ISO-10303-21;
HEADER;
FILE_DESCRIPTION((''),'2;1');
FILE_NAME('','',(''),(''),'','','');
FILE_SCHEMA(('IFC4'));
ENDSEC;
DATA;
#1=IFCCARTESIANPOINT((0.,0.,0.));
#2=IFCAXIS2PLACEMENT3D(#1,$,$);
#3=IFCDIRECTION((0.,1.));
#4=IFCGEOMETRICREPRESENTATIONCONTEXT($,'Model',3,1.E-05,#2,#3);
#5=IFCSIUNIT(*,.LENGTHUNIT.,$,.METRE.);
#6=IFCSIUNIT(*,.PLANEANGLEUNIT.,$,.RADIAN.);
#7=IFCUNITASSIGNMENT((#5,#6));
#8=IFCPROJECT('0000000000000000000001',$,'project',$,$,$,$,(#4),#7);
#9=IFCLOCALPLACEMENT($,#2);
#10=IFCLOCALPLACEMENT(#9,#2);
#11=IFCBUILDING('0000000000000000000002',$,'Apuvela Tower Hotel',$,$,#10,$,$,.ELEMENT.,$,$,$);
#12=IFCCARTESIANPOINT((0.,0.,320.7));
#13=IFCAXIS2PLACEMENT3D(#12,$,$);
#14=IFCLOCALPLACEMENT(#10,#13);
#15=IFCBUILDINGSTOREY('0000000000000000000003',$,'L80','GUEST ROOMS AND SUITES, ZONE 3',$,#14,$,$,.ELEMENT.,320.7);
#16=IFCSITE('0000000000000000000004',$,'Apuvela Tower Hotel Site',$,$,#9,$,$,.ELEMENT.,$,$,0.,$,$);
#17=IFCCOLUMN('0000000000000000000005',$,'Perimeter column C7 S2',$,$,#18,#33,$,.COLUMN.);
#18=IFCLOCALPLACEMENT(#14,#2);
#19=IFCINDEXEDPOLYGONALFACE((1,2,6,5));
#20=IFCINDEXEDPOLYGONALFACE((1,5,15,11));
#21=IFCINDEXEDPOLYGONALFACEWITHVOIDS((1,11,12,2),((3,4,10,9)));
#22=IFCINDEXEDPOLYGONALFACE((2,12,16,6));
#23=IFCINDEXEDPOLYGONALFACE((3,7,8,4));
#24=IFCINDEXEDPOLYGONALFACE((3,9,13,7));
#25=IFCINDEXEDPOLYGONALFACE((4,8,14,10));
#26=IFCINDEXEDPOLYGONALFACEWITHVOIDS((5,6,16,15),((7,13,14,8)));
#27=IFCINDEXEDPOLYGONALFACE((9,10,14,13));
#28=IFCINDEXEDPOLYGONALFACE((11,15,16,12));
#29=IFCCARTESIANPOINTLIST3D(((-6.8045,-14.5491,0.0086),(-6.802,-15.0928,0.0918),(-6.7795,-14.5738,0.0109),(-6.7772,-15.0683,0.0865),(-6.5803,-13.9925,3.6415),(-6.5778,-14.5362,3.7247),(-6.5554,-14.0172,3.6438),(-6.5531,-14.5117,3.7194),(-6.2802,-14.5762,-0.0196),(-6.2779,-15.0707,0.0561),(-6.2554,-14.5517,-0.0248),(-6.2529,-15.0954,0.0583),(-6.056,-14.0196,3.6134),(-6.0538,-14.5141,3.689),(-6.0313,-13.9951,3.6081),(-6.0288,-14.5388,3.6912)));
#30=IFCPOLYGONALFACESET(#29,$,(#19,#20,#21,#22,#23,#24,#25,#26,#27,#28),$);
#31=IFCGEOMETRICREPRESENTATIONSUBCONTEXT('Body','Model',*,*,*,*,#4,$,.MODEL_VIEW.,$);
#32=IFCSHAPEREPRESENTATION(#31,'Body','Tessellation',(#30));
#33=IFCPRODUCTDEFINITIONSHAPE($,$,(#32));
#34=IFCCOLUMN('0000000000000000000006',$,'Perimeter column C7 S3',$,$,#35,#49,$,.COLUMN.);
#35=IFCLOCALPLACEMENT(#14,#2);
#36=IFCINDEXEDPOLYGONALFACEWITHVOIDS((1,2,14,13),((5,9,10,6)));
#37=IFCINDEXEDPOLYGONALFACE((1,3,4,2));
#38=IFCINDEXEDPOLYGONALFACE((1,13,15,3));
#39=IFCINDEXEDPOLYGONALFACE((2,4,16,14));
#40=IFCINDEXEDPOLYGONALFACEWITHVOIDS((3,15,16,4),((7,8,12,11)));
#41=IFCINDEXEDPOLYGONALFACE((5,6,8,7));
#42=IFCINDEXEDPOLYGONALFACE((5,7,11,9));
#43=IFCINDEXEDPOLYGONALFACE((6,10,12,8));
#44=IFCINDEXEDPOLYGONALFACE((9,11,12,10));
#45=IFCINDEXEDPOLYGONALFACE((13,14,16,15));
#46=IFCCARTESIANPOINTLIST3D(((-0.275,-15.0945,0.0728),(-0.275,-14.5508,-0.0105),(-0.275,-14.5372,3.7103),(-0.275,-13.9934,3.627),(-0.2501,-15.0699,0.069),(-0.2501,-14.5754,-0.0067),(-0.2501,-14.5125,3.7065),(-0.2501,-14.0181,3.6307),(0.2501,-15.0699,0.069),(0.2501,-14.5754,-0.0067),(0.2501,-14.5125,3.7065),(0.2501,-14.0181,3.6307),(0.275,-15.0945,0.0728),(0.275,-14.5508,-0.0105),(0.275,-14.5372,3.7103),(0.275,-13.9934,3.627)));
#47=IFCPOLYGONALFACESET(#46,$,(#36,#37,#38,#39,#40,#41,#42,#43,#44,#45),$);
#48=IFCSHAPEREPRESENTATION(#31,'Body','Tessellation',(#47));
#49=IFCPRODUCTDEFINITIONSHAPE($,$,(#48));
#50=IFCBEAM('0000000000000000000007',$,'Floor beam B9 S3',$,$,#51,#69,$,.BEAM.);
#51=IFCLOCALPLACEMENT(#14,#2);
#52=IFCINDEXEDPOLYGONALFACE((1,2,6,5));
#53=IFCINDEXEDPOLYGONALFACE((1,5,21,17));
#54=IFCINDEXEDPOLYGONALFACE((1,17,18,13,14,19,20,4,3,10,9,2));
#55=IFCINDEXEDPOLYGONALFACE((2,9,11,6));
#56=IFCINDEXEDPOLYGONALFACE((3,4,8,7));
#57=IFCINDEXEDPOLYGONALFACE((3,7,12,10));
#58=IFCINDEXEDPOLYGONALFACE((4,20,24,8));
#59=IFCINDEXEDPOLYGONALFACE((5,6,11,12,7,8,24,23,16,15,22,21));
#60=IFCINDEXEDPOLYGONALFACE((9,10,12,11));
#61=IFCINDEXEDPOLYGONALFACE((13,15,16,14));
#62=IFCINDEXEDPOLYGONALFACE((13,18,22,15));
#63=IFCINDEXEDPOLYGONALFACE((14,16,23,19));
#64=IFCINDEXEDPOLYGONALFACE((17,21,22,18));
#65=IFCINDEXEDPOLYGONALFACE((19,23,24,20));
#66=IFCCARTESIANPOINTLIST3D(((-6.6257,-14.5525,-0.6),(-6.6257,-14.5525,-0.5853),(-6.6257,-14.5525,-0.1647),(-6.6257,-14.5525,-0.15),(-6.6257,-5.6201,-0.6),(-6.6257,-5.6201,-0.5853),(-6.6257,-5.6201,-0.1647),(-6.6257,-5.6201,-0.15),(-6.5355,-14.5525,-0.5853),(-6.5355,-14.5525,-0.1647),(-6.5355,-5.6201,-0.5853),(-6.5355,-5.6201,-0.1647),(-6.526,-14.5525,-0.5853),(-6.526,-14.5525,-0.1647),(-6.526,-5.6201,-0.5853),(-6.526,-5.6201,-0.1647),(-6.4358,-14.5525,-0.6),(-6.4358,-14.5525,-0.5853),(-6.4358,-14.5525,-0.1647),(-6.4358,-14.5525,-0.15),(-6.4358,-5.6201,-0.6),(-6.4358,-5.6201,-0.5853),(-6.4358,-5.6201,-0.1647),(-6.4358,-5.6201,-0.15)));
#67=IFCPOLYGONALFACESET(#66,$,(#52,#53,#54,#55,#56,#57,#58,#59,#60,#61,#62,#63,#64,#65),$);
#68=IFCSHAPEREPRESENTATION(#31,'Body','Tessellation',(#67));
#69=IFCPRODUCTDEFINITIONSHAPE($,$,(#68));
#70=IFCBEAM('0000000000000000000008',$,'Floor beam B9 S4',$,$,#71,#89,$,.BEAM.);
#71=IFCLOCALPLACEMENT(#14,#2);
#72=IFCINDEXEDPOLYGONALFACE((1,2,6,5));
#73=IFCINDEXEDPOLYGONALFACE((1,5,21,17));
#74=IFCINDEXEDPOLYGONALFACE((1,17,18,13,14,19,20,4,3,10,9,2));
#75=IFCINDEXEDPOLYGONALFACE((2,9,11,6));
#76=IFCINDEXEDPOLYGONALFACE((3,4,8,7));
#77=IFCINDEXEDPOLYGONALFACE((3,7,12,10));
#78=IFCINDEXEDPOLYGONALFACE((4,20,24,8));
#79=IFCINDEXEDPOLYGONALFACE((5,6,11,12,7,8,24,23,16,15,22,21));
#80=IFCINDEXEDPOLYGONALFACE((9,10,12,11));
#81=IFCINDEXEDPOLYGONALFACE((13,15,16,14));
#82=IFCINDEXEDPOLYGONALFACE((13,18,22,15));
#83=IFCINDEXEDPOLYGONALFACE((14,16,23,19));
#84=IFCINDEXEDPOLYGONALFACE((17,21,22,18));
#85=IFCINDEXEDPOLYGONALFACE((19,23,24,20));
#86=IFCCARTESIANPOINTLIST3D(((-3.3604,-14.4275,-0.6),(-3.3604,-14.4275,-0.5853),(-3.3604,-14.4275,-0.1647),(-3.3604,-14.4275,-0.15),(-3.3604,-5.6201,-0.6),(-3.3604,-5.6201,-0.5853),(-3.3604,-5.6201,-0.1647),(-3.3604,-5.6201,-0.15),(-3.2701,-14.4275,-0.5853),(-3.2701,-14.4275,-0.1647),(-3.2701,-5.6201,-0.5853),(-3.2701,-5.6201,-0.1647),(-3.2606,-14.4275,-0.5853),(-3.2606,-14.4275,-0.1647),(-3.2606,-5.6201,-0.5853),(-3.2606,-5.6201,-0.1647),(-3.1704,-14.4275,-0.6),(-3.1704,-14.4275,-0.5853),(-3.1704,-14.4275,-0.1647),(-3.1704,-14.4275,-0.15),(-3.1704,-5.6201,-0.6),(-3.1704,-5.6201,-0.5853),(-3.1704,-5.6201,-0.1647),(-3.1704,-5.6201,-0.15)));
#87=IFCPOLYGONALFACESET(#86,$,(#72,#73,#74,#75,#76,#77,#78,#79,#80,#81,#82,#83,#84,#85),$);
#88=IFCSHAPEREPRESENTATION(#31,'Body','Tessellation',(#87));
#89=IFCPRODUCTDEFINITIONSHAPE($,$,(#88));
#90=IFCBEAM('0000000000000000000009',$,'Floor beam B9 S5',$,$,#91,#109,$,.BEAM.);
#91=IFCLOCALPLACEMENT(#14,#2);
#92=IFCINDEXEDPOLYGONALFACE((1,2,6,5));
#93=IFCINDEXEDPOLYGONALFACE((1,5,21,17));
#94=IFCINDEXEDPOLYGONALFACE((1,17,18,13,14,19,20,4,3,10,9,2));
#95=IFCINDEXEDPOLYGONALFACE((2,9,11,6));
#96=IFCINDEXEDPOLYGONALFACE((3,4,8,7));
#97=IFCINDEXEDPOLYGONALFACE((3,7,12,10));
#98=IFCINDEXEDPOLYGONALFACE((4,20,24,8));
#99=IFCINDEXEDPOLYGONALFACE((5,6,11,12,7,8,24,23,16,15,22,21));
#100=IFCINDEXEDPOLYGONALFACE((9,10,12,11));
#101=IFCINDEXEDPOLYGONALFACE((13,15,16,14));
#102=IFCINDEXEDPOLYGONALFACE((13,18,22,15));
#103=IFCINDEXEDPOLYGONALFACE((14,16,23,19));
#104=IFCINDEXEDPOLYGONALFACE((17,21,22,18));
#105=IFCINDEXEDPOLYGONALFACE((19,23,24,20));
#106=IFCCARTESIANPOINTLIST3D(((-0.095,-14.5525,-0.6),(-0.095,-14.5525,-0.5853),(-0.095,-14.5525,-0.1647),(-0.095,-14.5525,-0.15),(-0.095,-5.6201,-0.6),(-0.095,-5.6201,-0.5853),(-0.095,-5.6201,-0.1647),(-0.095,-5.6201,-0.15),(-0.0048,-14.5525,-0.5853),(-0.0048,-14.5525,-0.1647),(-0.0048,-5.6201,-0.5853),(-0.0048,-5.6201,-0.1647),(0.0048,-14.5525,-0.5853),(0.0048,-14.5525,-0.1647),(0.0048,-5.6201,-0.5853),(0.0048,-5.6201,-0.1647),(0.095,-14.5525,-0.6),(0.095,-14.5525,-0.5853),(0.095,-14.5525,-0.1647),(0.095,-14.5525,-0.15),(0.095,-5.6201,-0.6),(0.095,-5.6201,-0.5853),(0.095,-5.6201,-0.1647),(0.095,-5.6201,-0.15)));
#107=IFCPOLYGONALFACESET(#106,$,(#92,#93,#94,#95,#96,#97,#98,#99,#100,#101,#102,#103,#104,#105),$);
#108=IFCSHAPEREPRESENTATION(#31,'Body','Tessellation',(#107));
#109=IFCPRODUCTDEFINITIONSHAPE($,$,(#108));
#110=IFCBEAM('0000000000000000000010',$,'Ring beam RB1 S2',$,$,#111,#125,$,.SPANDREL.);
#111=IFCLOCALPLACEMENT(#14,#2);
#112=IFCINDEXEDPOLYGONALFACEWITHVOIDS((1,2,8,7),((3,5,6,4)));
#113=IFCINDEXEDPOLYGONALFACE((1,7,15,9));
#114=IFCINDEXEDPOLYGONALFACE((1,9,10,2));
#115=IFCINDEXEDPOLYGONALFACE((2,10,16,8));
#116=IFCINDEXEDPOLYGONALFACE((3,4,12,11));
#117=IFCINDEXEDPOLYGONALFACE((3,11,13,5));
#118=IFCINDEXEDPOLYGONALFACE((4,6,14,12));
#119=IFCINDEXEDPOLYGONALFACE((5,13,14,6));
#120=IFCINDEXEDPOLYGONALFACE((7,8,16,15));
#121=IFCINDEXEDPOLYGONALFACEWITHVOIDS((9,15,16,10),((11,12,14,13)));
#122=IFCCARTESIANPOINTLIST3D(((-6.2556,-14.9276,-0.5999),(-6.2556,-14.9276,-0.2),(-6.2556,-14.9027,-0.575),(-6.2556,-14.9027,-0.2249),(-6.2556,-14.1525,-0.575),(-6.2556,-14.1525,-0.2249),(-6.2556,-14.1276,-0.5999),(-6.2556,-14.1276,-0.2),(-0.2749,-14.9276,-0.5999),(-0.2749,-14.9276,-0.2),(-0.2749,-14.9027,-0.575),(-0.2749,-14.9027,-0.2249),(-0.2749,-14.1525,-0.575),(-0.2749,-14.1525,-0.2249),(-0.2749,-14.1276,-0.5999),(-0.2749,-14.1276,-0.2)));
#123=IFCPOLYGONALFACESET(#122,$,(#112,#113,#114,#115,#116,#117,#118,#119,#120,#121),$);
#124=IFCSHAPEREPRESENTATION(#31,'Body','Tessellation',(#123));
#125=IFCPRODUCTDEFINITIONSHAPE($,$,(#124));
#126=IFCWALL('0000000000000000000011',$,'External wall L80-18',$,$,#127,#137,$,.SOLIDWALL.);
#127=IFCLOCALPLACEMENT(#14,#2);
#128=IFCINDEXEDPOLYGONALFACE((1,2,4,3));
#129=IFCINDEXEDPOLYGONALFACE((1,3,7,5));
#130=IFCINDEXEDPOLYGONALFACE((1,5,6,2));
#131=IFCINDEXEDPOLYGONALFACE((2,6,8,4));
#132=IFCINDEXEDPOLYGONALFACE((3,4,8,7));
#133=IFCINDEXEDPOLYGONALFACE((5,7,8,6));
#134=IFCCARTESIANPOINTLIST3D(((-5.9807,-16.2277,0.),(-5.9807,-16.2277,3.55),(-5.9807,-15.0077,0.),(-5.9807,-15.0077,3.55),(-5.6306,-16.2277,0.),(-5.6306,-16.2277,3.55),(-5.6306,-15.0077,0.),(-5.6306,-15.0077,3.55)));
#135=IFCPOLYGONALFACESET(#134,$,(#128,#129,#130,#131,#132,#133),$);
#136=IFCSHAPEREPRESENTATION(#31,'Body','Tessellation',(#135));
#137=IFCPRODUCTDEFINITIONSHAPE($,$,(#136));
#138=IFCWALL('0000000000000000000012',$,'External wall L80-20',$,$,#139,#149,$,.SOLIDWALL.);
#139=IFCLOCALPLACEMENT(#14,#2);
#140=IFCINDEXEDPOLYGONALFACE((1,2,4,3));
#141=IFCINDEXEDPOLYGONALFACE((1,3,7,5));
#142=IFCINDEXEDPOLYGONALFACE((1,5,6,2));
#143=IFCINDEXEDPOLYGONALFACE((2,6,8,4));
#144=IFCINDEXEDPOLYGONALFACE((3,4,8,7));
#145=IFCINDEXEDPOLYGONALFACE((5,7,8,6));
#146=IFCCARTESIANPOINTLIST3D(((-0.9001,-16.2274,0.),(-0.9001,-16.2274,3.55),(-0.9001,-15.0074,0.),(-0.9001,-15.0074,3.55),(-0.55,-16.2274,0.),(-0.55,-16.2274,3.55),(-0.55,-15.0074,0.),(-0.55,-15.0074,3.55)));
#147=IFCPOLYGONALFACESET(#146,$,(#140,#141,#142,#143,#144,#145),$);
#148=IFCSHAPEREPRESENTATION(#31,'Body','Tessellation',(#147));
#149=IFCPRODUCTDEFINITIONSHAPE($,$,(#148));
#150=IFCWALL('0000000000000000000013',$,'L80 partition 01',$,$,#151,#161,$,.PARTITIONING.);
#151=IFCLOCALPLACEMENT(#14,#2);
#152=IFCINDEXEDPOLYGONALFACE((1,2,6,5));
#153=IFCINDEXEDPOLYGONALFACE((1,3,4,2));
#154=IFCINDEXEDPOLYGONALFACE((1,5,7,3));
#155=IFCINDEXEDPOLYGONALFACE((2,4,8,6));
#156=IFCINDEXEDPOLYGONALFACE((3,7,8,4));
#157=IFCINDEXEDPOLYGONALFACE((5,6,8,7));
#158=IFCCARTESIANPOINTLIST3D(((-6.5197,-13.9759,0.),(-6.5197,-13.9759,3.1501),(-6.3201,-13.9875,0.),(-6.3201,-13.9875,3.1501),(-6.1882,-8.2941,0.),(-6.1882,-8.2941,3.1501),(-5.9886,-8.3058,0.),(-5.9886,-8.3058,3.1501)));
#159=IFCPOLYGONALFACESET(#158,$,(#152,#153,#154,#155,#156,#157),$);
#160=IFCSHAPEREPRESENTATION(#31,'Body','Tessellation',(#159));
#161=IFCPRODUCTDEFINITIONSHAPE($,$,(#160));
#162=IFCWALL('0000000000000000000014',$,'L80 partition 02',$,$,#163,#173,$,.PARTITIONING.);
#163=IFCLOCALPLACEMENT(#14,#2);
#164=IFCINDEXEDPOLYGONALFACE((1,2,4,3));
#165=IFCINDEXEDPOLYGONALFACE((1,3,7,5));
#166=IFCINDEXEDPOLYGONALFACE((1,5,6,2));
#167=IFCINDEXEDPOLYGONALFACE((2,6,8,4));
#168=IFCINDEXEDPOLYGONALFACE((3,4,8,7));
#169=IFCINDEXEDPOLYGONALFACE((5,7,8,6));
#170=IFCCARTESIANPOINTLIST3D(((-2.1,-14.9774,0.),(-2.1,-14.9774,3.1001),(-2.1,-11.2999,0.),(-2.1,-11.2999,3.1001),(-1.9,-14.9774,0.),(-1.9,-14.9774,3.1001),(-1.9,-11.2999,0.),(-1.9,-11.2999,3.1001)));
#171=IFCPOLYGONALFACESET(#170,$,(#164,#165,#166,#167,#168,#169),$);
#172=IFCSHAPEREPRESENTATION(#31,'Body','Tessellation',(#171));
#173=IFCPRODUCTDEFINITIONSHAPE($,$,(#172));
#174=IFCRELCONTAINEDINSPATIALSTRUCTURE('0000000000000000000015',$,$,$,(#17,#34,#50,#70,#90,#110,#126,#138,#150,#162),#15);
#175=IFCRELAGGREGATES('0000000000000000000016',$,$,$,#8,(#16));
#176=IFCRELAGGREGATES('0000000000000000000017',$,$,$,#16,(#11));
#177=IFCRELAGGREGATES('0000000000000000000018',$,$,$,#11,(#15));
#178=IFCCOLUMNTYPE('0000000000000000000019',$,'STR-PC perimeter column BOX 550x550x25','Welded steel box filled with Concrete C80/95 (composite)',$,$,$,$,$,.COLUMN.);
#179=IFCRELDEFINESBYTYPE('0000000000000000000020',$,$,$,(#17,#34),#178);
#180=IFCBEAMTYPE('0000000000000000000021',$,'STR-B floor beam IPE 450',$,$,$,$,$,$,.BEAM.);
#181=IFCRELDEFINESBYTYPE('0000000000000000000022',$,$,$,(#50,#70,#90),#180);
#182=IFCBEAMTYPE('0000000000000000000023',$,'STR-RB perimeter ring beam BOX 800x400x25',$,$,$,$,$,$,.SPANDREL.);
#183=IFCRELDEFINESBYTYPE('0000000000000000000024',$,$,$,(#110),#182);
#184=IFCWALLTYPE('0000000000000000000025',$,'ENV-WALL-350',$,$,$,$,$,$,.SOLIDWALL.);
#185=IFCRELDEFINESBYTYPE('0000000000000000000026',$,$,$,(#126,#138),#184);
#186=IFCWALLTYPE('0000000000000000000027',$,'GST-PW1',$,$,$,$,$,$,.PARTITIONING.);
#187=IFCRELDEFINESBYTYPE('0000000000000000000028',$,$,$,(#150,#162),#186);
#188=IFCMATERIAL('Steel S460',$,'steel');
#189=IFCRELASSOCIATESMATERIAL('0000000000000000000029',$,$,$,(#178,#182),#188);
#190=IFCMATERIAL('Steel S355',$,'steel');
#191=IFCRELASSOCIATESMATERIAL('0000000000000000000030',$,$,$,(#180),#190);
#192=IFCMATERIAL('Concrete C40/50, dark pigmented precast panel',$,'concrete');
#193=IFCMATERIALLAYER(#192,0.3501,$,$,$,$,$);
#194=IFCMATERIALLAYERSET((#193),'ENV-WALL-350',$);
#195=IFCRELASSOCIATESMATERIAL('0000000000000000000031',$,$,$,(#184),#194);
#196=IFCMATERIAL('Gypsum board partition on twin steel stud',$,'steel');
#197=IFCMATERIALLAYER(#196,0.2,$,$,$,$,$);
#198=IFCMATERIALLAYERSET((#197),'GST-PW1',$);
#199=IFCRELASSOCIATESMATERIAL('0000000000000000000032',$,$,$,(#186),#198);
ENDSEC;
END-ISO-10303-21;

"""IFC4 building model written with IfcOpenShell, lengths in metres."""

from ifc_helpers import new_model, si_unit, direction, frame, frame_2d, origin, origin_2d, place, context, subcontext, project, spatial, rectangle, hollow_rectangle, i_section, extrude, boolean, halfspace, material, layer, layer_set, material_profile, profile_set, type_object, element, save


model = new_model("IFC4")

# Units and contexts
model_context = context("Model", 3, precision=1e-05, world=origin(), true_north=direction((0.0, 1.0)))
body_context = subcontext(model_context, "Body", "Model", "MODEL_VIEW")
ifc_project = project(units=[si_unit("LENGTHUNIT", "METRE"), si_unit("PLANEANGLEUNIT", "RADIAN")], contexts=[model_context])

# Site, building, storey
site_placement = place(None, origin())
site = spatial("IfcSite", under=ifc_project, at=site_placement, Name="Apuvela Tower Hotel Site", CompositionType="ELEMENT", RefElevation=0.0)
building_placement = place(site_placement, origin())
building = spatial("IfcBuilding", under=site, at=building_placement, Name="Apuvela Tower Hotel", CompositionType="ELEMENT")
storey_placement = place(building_placement, frame((0.0, 0.0, 320.7)))
storey = spatial("IfcBuildingStorey", under=building, at=storey_placement, Name="L80", Description="GUEST ROOMS AND SUITES, ZONE 3", CompositionType="ELEMENT", Elevation=320.7)

# Columns
ifc_material_1 = material(Name="Steel S460", Category="steel")
ifc_material_profile_1 = material_profile(ifc_material_1, hollow_rectangle(XDim=0.55, YDim=0.55, WallThickness=0.0249, at=origin_2d()), Name="BOX 550x550x25")
ifc_material_2 = material(Name="Concrete C80/95", Category="concrete")
ifc_material_profile_2 = material_profile(ifc_material_2, rectangle(XDim=0.5, YDim=0.5, at=origin_2d()), Name="Concrete C80/95 infill")
ifc_profile_set_1 = profile_set([ifc_material_profile_1, ifc_material_profile_2], Name="Steel S460")
column_type = type_object("IfcColumnType", Name="STR-PC perimeter column BOX 550x550x25", Description="Welded steel box filled with Concrete C80/95 (composite)", PredefinedType="COLUMN", material=ifc_profile_set_1)
column_1_placement = place(storey_placement, frame((-6.5308, -14.8274, 0.0), z_axis=(0.060871, 0.151169, 0.986632), x_axis=(-0.998135, 0.004721, 0.060857)))
element("IfcColumn", 1, at=column_1_placement, inside=storey, type_object=column_type, Name="Perimeter column C7 S2", PredefinedType="COLUMN", context=body_context, shape_type="SweptSolid", body=[
    boolean("DIFFERENCE", boolean("DIFFERENCE", extrude(hollow_rectangle(XDim=0.55, YDim=0.55, WallThickness=0.0249, at=origin_2d()), origin(), (0.0, 0.0, 1.0), 3.75), halfspace(frame((0.0, 0.0, 0.0339), z_axis=(0.0, 0.0, 1.0), x_axis=(1.0, 0.0, 0.0)), True)), halfspace(frame((0.0, 0.0, 3.7161), z_axis=(0.0, 0.0, 1.0), x_axis=(1.0, 0.0, 0.0)), False)),
])
column_2_placement = place(storey_placement, frame((0.0, -14.8274, 0.0), z_axis=(0.0, 0.151449, 0.988465), x_axis=(-1.0, 0.0, 0.0)))
element("IfcColumn", 2, at=column_2_placement, inside=storey, type_object=column_type, Name="Perimeter column C7 S3", PredefinedType="COLUMN", context=body_context, shape_type="SweptSolid", body=[
    boolean("DIFFERENCE", boolean("DIFFERENCE", extrude(hollow_rectangle(XDim=0.55, YDim=0.55, WallThickness=0.0249, at=origin_2d()), origin(), (0.0, 0.0, 1.0), 3.7432), halfspace(frame((0.0, 0.0, 0.0315), z_axis=(0.0, 0.0, 1.0), x_axis=(1.0, 0.0, 0.0)), True)), halfspace(frame((0.0, 0.0, 3.7114), z_axis=(0.0, 0.0, 1.0), x_axis=(1.0, 0.0, 0.0)), False)),
])

# Beams
ifc_material_3 = material(Name="Steel S355", Category="steel")
ifc_material_profile_3 = material_profile(ifc_material_3, i_section(OverallWidth=0.1899, OverallDepth=0.45, WebThickness=0.0095, FlangeThickness=0.0146, at=origin_2d()), Name="IPE 450")
ifc_profile_set_2 = profile_set([ifc_material_profile_3], Name="Steel S355")
beam_type_1 = type_object("IfcBeamType", Name="STR-B floor beam IPE 450", PredefinedType="BEAM", material=ifc_profile_set_2)
beam_1_placement = place(storey_placement, frame((-6.5308, -14.5525, -0.375), z_axis=(0.0, 1.0, 0.0), x_axis=(-1.0, 0.0, 0.0)))
element("IfcBeam", 3, at=beam_1_placement, inside=storey, type_object=beam_type_1, Name="Floor beam B9 S3", PredefinedType="BEAM", context=body_context, shape_type="SweptSolid", body=[
    extrude(i_section(OverallWidth=0.1899, OverallDepth=0.45, WebThickness=0.0095, FlangeThickness=0.0146, at=origin_2d()), origin(), (0.0, 0.0, 1.0), 8.9324),
])
beam_2_placement = place(storey_placement, frame((-3.2654, -14.4275, -0.375), z_axis=(0.0, 1.0, 0.0), x_axis=(-1.0, 0.0, 0.0)))
element("IfcBeam", 4, at=beam_2_placement, inside=storey, type_object=beam_type_1, Name="Floor beam B9 S4", PredefinedType="BEAM", context=body_context, shape_type="SweptSolid", body=[
    extrude(i_section(OverallWidth=0.1899, OverallDepth=0.45, WebThickness=0.0095, FlangeThickness=0.0146, at=origin_2d()), origin(), (0.0, 0.0, 1.0), 8.8074),
])
beam_3_placement = place(storey_placement, frame((0.0, -14.5525, -0.375), z_axis=(0.0, 1.0, 0.0), x_axis=(-1.0, 0.0, 0.0)))
element("IfcBeam", 5, at=beam_3_placement, inside=storey, type_object=beam_type_1, Name="Floor beam B9 S5", PredefinedType="BEAM", context=body_context, shape_type="SweptSolid", body=[
    extrude(i_section(OverallWidth=0.1899, OverallDepth=0.45, WebThickness=0.0095, FlangeThickness=0.0146, at=origin_2d()), origin(), (0.0, 0.0, 1.0), 8.9324),
])
ifc_material_profile_4 = material_profile(ifc_material_1, hollow_rectangle(XDim=0.8, YDim=0.3999, WallThickness=0.0249, at=origin_2d()), Name="BOX 800x400x25")
ifc_profile_set_3 = profile_set([ifc_material_profile_4], Name="Steel S460")
beam_type_2 = type_object("IfcBeamType", Name="STR-RB perimeter ring beam BOX 800x400x25", PredefinedType="SPANDREL", material=ifc_profile_set_3)
beam_4_placement = place(storey_placement, frame((-6.2556, -14.5276, -0.3999), z_axis=(1.0, 0.0, 0.0), x_axis=(0.0, 1.0, 0.0)))
element("IfcBeam", 6, at=beam_4_placement, inside=storey, type_object=beam_type_2, Name="Ring beam RB1 S2", PredefinedType="SPANDREL", context=body_context, shape_type="SweptSolid", body=[
    extrude(hollow_rectangle(XDim=0.8, YDim=0.3999, WallThickness=0.0249, at=origin_2d()), origin(), (0.0, 0.0, 1.0), 5.9807),
])

# Wall
ifc_material_4 = material(Name="Concrete C40/50, dark pigmented precast panel", Category="concrete")
ifc_layer_1 = layer(ifc_material_4, 0.3501)
ifc_layer_set_1 = layer_set([ifc_layer_1], Name="ENV-WALL-350")
wall_type_1 = type_object("IfcWallType", Name="ENV-WALL-350", PredefinedType="SOLIDWALL", material=ifc_layer_set_1)
wall_1_placement = place(storey_placement, frame((-5.8057, -16.2275, 0.0), z_axis=(0.0, 0.0, 1.0), x_axis=(0.0, 1.0, 0.0)))
element("IfcWall", 7, at=wall_1_placement, inside=storey, type_object=wall_type_1, Name="External wall L80-18", PredefinedType="SOLIDWALL", context=body_context, shape_type="SweptSolid", body=[
    extrude(rectangle(XDim=1.22, YDim=0.3501, at=frame_2d((0.6099, 0.0))), origin(), (0.0, 0.0, 1.0), 3.55),
])

# Wall
wall_2_placement = place(storey_placement, frame((-0.7251, -15.0076, 0.0), z_axis=(0.0, 0.0, 1.0), x_axis=(0.0, -1.0, 0.0)))
element("IfcWall", 8, at=wall_2_placement, inside=storey, type_object=wall_type_1, Name="External wall L80-20", PredefinedType="SOLIDWALL", context=body_context, shape_type="SweptSolid", body=[
    extrude(rectangle(XDim=1.22, YDim=0.3501, at=frame_2d((0.6099, 0.0))), origin(), (0.0, 0.0, 1.0), 3.55),
])

# Walls
ifc_material_5 = material(Name="Gypsum board partition on twin steel stud", Category="steel")
ifc_layer_2 = layer(ifc_material_5, 0.2)
ifc_layer_set_2 = layer_set([ifc_layer_2], Name="GST-PW1")
wall_type_2 = type_object("IfcWallType", Name="GST-PW1", PredefinedType="PARTITIONING", material=ifc_layer_set_2)
wall_3_placement = place(storey_placement, frame((-6.4199, -13.9817, 0.0), z_axis=(0.0, 0.0, 1.0), x_axis=(0.058254, 0.998302, 0.0)))
element("IfcWall", 9, at=wall_3_placement, inside=storey, type_object=wall_type_2, Name="L80 partition 01", PredefinedType="PARTITIONING", context=body_context, shape_type="SweptSolid", body=[
    extrude(rectangle(XDim=5.6914, YDim=0.2, at=frame_2d((2.8457, 0.0))), origin(), (0.0, 0.0, 1.0), 3.1501),
])
wall_4_placement = place(storey_placement, frame((-2.0, -14.9775, 0.0), z_axis=(0.0, 0.0, 1.0), x_axis=(0.0, 1.0, 0.0)))
element("IfcWall", 10, at=wall_4_placement, inside=storey, type_object=wall_type_2, Name="L80 partition 02", PredefinedType="PARTITIONING", context=body_context, shape_type="SweptSolid", body=[
    extrude(rectangle(XDim=3.6775, YDim=0.2, at=frame_2d((1.8389, 0.0))), origin(), (0.0, 0.0, 1.0), 3.1001),
])

save(model, "model.ifc")
